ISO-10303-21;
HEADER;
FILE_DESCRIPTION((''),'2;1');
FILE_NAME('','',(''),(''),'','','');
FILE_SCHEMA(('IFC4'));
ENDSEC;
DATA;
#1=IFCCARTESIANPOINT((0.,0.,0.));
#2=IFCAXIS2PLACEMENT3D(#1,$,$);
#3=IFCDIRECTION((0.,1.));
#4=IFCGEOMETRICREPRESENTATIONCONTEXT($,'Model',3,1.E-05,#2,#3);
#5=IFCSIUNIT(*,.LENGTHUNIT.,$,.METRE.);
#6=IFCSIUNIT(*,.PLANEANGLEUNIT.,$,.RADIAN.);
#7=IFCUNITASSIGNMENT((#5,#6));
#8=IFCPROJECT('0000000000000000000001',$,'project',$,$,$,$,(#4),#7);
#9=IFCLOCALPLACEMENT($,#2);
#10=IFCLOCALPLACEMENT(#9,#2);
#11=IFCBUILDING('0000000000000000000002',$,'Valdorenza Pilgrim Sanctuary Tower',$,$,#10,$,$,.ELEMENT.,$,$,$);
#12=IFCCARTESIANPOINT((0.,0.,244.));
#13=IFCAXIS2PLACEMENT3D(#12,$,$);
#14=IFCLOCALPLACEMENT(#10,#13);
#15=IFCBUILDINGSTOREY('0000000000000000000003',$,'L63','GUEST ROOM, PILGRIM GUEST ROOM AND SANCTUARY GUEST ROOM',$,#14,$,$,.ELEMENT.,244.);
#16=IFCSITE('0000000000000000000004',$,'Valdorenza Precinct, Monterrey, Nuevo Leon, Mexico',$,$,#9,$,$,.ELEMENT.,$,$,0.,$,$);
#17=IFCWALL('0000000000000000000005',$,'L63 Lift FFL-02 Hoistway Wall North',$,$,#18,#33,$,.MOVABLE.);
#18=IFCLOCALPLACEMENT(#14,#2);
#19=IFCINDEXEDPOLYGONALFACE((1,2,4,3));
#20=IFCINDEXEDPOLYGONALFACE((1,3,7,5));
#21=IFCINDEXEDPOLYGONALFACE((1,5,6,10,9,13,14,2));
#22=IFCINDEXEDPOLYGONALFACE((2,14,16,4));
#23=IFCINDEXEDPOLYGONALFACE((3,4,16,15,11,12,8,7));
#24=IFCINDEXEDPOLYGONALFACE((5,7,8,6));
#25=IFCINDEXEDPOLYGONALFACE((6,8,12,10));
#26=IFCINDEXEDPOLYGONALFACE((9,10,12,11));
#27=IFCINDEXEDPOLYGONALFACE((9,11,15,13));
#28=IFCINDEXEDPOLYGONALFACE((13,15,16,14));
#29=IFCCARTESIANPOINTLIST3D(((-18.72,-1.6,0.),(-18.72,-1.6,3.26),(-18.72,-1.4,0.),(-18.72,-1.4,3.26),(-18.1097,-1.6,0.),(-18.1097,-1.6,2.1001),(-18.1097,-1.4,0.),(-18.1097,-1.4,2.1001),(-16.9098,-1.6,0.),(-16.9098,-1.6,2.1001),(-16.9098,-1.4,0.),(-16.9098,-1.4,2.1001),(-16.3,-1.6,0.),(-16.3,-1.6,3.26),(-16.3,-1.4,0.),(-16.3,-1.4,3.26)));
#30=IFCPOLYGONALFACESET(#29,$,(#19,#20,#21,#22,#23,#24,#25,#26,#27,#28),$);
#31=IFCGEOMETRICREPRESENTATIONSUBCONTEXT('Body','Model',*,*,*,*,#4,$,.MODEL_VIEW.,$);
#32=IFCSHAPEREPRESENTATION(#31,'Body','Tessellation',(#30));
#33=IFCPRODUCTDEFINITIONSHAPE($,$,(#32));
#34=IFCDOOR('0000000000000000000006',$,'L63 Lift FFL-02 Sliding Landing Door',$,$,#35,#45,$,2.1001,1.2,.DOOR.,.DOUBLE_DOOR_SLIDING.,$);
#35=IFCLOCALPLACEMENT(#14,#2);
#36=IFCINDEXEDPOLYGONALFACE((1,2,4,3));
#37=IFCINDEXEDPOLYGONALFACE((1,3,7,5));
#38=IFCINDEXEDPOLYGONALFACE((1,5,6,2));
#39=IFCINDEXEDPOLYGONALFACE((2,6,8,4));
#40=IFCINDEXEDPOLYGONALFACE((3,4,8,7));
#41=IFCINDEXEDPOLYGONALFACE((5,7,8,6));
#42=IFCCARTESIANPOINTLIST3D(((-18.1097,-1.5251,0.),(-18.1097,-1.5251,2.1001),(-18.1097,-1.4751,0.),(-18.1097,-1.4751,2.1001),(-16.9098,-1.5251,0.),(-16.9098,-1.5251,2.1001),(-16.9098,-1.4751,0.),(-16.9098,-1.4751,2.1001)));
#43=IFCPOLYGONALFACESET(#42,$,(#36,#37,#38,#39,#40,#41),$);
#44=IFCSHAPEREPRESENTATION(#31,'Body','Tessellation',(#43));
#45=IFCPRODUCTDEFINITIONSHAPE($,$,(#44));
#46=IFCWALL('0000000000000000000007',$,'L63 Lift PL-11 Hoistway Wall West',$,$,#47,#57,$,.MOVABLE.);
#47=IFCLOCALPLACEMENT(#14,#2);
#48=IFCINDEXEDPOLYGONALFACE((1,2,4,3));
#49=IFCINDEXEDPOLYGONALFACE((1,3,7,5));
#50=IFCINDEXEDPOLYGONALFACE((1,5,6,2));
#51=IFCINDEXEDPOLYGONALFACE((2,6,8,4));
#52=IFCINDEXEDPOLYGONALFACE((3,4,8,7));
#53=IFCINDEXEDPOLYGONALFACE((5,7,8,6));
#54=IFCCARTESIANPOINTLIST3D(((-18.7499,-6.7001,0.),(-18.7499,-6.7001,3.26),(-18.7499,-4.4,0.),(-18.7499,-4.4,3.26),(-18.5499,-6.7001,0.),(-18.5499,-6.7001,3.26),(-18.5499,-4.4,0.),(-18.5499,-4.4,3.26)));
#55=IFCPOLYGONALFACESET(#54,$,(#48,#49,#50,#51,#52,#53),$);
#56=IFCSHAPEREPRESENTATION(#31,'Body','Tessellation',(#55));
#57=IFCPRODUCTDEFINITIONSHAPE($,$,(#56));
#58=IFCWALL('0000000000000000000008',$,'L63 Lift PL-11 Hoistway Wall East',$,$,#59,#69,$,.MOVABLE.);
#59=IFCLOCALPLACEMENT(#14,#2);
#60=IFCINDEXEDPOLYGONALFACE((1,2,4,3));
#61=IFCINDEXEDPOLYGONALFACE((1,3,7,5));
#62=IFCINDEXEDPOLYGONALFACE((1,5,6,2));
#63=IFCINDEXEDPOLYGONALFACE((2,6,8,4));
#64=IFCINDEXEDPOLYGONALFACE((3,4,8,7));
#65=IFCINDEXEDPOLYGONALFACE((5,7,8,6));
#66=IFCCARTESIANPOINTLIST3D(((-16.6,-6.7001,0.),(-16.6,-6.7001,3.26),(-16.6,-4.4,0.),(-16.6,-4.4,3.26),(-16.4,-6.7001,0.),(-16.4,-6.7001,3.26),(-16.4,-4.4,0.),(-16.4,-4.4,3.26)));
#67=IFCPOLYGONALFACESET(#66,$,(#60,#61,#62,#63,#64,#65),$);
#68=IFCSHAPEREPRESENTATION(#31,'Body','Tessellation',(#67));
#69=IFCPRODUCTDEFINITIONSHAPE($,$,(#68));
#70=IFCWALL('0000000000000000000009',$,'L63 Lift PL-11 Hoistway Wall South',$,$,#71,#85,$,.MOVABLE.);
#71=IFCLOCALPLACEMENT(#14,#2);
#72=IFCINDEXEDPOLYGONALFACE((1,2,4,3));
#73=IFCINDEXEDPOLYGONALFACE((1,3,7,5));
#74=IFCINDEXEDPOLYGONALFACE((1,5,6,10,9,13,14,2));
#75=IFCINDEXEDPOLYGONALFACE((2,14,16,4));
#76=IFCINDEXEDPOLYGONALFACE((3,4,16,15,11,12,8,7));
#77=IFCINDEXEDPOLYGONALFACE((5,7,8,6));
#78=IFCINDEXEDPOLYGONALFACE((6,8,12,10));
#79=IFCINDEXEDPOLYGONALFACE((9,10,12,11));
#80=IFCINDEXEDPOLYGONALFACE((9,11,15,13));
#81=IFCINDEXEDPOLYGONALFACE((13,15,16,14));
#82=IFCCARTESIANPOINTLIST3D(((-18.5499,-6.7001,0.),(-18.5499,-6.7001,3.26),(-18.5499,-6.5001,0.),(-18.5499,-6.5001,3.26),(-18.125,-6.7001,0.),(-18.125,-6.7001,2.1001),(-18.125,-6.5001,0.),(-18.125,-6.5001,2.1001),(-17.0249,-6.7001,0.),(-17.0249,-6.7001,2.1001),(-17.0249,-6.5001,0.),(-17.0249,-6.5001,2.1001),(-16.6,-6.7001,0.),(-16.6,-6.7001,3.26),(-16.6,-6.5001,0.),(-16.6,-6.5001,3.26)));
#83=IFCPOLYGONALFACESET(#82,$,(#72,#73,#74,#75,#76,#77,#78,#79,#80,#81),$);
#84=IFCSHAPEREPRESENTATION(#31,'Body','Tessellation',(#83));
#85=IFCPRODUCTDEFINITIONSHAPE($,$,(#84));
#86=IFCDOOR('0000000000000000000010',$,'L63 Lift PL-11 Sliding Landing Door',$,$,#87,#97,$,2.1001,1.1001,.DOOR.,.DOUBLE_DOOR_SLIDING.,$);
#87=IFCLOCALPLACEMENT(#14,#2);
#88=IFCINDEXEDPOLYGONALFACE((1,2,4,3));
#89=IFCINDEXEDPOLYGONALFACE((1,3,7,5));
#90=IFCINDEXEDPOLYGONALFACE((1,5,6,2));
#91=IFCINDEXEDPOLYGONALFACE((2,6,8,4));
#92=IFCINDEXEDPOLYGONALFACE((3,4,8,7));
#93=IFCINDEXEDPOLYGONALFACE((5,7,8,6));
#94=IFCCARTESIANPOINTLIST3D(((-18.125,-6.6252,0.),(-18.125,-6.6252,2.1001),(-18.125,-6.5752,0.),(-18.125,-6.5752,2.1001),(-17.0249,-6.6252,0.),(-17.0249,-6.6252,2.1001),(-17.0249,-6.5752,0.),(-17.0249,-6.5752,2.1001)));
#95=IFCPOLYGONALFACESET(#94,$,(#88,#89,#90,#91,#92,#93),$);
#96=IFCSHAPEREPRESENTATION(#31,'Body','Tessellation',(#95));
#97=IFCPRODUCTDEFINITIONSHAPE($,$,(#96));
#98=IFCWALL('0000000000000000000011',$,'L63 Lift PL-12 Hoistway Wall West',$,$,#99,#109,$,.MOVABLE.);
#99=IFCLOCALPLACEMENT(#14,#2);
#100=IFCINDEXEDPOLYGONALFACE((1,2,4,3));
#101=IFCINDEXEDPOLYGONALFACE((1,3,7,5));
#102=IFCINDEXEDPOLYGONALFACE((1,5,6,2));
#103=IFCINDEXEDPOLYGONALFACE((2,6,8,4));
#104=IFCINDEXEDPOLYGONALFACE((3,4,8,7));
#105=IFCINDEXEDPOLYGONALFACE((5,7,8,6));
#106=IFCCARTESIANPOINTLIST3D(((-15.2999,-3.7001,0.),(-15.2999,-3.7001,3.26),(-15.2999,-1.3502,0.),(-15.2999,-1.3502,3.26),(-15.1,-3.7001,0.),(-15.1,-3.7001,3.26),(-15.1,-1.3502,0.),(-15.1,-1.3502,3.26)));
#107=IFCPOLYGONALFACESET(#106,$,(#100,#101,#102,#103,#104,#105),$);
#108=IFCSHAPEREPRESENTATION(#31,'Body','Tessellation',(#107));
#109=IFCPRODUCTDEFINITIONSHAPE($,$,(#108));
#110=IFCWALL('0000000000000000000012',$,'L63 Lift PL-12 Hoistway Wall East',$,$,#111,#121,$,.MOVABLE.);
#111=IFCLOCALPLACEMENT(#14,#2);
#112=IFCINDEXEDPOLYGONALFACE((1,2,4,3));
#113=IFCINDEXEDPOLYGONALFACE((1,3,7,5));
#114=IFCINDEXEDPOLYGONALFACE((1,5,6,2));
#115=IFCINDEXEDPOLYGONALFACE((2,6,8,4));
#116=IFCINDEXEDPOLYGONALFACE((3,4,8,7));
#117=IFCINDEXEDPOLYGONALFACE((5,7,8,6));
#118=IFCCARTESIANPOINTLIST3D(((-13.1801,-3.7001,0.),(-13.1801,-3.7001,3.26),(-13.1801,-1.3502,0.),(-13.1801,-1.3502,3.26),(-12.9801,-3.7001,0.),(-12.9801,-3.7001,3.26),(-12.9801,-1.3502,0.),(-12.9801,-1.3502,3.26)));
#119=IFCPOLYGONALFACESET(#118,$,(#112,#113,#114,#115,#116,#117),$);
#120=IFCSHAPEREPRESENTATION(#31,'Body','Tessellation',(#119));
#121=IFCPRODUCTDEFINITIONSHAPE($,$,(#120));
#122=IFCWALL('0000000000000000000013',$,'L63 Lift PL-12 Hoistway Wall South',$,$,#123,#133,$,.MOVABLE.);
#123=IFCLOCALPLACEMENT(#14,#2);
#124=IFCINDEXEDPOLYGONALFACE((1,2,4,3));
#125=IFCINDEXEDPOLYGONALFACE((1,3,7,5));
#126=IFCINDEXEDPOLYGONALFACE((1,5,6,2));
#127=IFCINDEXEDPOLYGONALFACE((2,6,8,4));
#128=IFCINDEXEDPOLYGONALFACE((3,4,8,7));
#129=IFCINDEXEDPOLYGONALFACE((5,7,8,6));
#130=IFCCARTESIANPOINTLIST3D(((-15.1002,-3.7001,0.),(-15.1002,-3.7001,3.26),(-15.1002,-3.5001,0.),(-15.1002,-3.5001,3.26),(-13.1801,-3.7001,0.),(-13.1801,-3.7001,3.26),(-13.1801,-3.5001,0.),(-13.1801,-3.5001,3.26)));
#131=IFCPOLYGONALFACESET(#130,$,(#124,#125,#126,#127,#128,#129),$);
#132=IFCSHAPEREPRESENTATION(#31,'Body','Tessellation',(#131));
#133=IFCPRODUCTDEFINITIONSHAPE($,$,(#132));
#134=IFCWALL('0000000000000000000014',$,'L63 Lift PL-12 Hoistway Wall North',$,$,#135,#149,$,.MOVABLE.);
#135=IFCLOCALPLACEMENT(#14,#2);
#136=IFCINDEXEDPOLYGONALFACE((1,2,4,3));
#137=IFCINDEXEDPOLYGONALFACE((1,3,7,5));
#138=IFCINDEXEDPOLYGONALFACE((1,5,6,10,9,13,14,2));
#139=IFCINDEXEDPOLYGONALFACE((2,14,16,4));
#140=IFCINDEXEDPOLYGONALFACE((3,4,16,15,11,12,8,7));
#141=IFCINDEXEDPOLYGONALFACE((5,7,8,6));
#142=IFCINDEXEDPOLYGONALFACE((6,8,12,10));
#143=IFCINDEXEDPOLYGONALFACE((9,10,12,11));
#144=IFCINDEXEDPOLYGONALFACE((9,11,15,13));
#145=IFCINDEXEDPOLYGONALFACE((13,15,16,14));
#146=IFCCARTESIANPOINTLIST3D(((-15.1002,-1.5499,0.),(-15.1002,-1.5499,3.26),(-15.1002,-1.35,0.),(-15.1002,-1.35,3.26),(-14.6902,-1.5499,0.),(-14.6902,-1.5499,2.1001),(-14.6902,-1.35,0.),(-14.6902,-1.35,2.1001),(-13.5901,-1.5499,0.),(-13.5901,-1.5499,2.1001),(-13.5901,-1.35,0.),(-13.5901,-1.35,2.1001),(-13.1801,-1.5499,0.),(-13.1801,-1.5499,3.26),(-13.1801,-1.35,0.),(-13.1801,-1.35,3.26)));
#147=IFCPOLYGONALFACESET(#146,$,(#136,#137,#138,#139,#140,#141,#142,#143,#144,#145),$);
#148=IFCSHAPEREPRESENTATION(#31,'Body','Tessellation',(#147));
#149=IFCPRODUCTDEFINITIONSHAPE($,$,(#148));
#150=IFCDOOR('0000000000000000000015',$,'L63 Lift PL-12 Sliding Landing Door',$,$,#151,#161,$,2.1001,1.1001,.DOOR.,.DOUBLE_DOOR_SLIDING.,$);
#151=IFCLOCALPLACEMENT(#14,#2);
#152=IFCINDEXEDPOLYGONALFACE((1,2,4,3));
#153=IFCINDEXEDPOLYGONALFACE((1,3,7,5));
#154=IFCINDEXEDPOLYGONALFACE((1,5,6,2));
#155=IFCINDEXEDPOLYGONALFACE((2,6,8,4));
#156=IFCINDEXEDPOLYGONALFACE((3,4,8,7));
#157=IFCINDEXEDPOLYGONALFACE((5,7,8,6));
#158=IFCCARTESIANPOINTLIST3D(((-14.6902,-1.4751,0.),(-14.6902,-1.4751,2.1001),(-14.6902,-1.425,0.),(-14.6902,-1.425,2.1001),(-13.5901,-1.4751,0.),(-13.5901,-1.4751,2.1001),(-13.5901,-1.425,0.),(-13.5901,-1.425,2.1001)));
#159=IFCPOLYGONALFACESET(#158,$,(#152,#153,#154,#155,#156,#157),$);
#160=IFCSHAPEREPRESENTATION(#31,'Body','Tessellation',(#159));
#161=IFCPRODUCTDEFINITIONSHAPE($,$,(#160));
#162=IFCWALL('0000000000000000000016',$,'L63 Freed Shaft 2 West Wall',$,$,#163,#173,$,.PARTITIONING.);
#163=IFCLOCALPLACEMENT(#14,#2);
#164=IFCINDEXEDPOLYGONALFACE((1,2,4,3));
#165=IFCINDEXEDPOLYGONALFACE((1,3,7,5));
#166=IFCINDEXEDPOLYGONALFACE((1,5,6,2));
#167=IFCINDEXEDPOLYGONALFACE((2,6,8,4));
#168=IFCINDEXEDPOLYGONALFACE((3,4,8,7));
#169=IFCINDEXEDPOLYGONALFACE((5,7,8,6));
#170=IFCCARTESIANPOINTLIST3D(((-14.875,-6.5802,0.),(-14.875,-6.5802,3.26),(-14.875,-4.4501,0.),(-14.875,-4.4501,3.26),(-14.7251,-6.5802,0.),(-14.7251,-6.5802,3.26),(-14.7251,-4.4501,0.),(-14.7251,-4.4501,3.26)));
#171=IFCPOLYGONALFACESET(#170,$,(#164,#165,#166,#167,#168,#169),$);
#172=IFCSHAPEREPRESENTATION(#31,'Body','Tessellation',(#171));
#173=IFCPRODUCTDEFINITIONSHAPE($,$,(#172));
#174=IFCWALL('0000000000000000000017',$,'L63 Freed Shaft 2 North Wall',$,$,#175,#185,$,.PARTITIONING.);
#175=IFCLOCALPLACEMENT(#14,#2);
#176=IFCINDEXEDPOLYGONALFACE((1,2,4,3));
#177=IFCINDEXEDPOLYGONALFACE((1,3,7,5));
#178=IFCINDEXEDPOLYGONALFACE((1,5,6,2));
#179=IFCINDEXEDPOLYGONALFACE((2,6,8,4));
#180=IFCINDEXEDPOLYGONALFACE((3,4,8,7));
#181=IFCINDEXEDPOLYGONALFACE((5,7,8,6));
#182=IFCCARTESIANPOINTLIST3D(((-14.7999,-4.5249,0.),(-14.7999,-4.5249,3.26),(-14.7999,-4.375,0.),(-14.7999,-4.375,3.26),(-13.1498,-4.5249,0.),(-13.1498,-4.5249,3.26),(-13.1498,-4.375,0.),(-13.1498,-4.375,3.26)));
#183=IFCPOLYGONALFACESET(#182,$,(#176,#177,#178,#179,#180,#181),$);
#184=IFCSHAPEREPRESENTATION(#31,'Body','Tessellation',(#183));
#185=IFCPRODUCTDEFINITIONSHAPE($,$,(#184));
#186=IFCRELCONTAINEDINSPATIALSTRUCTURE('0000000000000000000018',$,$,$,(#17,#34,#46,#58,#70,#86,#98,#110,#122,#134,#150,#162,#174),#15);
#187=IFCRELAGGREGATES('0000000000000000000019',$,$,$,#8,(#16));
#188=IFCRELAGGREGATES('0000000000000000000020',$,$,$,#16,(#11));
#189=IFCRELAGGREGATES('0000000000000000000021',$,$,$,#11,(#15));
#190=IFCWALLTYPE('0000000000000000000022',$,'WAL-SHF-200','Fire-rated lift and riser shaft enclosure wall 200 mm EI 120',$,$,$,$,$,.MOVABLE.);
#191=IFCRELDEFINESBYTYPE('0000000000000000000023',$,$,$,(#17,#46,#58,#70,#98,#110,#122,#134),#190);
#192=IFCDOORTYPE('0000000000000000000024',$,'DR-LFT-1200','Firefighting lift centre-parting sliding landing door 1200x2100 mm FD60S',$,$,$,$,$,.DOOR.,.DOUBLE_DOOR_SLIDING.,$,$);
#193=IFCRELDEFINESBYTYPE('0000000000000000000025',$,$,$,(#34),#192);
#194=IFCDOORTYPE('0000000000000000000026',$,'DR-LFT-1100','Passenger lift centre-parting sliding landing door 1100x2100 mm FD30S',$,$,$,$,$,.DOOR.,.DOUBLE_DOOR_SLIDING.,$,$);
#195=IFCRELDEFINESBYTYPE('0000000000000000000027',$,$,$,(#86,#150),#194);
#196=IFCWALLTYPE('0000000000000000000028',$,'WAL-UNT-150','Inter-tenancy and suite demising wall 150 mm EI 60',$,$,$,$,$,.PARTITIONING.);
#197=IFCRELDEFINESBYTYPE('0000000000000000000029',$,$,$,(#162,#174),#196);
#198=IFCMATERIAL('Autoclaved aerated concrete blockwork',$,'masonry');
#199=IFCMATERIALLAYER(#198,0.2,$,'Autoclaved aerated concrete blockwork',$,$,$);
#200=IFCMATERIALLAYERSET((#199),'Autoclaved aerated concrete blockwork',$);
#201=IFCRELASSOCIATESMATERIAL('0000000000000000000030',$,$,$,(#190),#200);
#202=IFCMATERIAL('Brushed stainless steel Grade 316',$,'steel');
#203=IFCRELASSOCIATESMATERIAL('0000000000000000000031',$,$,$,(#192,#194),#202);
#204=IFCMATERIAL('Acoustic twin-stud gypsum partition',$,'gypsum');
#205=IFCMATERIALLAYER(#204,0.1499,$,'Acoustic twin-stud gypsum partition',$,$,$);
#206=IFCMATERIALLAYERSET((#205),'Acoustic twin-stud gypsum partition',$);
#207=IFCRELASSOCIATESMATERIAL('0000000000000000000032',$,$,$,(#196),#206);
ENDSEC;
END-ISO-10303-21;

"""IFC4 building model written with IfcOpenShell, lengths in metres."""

from ifc_helpers import new_model, si_unit, direction, frame, frame_2d, origin, place, context, subcontext, project, spatial, rectangle, extrude, material, layer, layer_set, type_object, element, fill, save


model = new_model("IFC4")

# Units and contexts
model_context = context("Model", 3, precision=1e-05, world=origin(), true_north=direction((0.0, 1.0)))
body_context = subcontext(model_context, "Body", "Model", "MODEL_VIEW")
ifc_project = project(units=[si_unit("LENGTHUNIT", "METRE"), si_unit("PLANEANGLEUNIT", "RADIAN")], contexts=[model_context])

# Site, building, storey
site_placement = place(None, origin())
site = spatial("IfcSite", under=ifc_project, at=site_placement, Name="Valdorenza Precinct, Monterrey, Nuevo Leon, Mexico", CompositionType="ELEMENT", RefElevation=0.0)
building_placement = place(site_placement, origin())
building = spatial("IfcBuilding", under=site, at=building_placement, Name="Valdorenza Pilgrim Sanctuary Tower", CompositionType="ELEMENT")
storey_placement = place(building_placement, frame((0.0, 0.0, 244.0)))
storey = spatial("IfcBuildingStorey", under=building, at=storey_placement, Name="L63", Description="GUEST ROOM, PILGRIM GUEST ROOM AND SANCTUARY GUEST ROOM", CompositionType="ELEMENT", Elevation=244.0)

# Shared definitions
ifc_material_1 = material(Name="Acoustic twin-stud gypsum partition", Category="gypsum")

# Shared definitions
ifc_material_2 = material(Name="Autoclaved aerated concrete blockwork", Category="masonry")
ifc_layer_1 = layer(ifc_material_2, 0.2, Name="Autoclaved aerated concrete blockwork")
ifc_layer_set_1 = layer_set([ifc_layer_1], Name="Autoclaved aerated concrete blockwork")
wall_type_1 = type_object("IfcWallType", Name="WAL-SHF-200", Description="Fire-rated lift and riser shaft enclosure wall 200 mm EI 120", PredefinedType="MOVABLE", material=ifc_layer_set_1)

# Wall, opening, door
wall_1_placement = place(storey_placement, frame((-18.72, -1.5, 0.0), z_axis=(0.0, 0.0, 1.0), x_axis=(1.0, 0.0, 0.0)))
wall_1 = element("IfcWall", 1, at=wall_1_placement, inside=storey, type_object=wall_type_1, Name="L63 Lift FFL-02 Hoistway Wall North", PredefinedType="MOVABLE", context=body_context, shape_type="SweptSolid", body=[
    extrude(rectangle(XDim=2.4199, YDim=0.2, at=frame_2d((1.21, 0.0))), origin(), (0.0, 0.0, 1.0), 3.26),
])
opening_1_placement = place(wall_1_placement, frame((0.6101, 0.0, 0.0)))
opening_1 = element("IfcOpeningElement", 2, at=opening_1_placement, cuts=wall_1, PredefinedType="OPENING", context=body_context, shape_type="SweptSolid", body=[
    extrude(rectangle(XDim=1.2, YDim=2.1001, at=frame_2d((0.6001, 1.05))), frame((0.0, 0.1147, 0.0), z_axis=(0.0, -1.0, 0.0), x_axis=(1.0, 0.0, 0.0)), (0.0, 0.0, 1.0), 0.2297),
])
ifc_material_3 = material(Name="Brushed stainless steel Grade 316", Category="steel")
door_type_1 = type_object("IfcDoorType", Name="DR-LFT-1200", Description="Firefighting lift centre-parting sliding landing door 1200x2100 mm FD60S", OperationType="DOUBLE_DOOR_SLIDING", PredefinedType="DOOR", material=ifc_material_3)
door_1_placement = place(opening_1_placement, origin())
door_1 = element("IfcDoor", 3, at=door_1_placement, inside=storey, type_object=door_type_1, Name="L63 Lift FFL-02 Sliding Landing Door", OperationType="DOUBLE_DOOR_SLIDING", OverallHeight=2.1001, OverallWidth=1.2, PredefinedType="DOOR", context=body_context, shape_type="SweptSolid", body=[
    extrude(rectangle(XDim=1.2, YDim=2.1001, at=frame_2d((0.6001, 1.05))), frame((0.0, 0.0249, 0.0), z_axis=(0.0, -1.0, 0.0), x_axis=(1.0, 0.0, 0.0)), (0.0, 0.0, 1.0), 0.05),
])
fill(opening_1, door_1)

# Walls
for number, where, z_axis, x_axis, name in (
    (4, (-18.6499, -6.7, 0.0), (0.0, 0.0, 1.0), (0.0, 1.0, 0.0), "L63 Lift PL-11 Hoistway Wall West"),
    (5, (-16.5, -6.7, 0.0), (0.0, 0.0, 1.0), (0.0, 1.0, 0.0), "L63 Lift PL-11 Hoistway Wall East"),
):
    element("IfcWall", number, at=place(storey_placement, frame(where, z_axis=z_axis, x_axis=x_axis)), inside=storey, type_object=wall_type_1, Name=name, PredefinedType="MOVABLE", context=body_context, shape_type="SweptSolid", body=[
        extrude(rectangle(XDim=2.3, YDim=0.2, at=frame_2d((1.1499, 0.0))), origin(), (0.0, 0.0, 1.0), 3.26),
    ])

# Wall, opening, door
wall_2_placement = place(storey_placement, frame((-18.55, -6.6001, 0.0), z_axis=(0.0, 0.0, 1.0), x_axis=(1.0, 0.0, 0.0)))
wall_2 = element("IfcWall", 6, at=wall_2_placement, inside=storey, type_object=wall_type_1, Name="L63 Lift PL-11 Hoistway Wall South", PredefinedType="MOVABLE", context=body_context, shape_type="SweptSolid", body=[
    extrude(rectangle(XDim=1.95, YDim=0.2, at=frame_2d((0.9751, 0.0))), origin(), (0.0, 0.0, 1.0), 3.26),
])
opening_2_placement = place(wall_2_placement, frame((0.425, 0.0, 0.0)))
opening_2 = element("IfcOpeningElement", 7, at=opening_2_placement, cuts=wall_2, PredefinedType="OPENING", context=body_context, shape_type="SweptSolid", body=[
    extrude(rectangle(XDim=1.1001, YDim=2.1001, at=frame_2d((0.55, 1.05))), frame((0.0, 0.1147, 0.0), z_axis=(0.0, -1.0, 0.0), x_axis=(1.0, 0.0, 0.0)), (0.0, 0.0, 1.0), 0.2297),
])
door_type_2 = type_object("IfcDoorType", Name="DR-LFT-1100", Description="Passenger lift centre-parting sliding landing door 1100x2100 mm FD30S", OperationType="DOUBLE_DOOR_SLIDING", PredefinedType="DOOR", material=ifc_material_3)
door_2_placement = place(opening_2_placement, origin())
door_2 = element("IfcDoor", 8, at=door_2_placement, inside=storey, type_object=door_type_2, Name="L63 Lift PL-11 Sliding Landing Door", OperationType="DOUBLE_DOOR_SLIDING", OverallHeight=2.1001, OverallWidth=1.1001, PredefinedType="DOOR", context=body_context, shape_type="SweptSolid", body=[
    extrude(rectangle(XDim=1.1001, YDim=2.1001, at=frame_2d((0.55, 1.05))), frame((0.0, 0.0249, 0.0), z_axis=(0.0, -1.0, 0.0), x_axis=(1.0, 0.0, 0.0)), (0.0, 0.0, 1.0), 0.05),
])
fill(opening_2, door_2)

# Walls
for number, where, z_axis, x_axis, name in (
    (9, (-15.2, -3.7, 0.0), (0.0, 0.0, 1.0), (0.0, 1.0, 0.0), "L63 Lift PL-12 Hoistway Wall West"),
    (10, (-13.0801, -3.7, 0.0), (0.0, 0.0, 1.0), (0.0, 1.0, 0.0), "L63 Lift PL-12 Hoistway Wall East"),
):
    element("IfcWall", number, at=place(storey_placement, frame(where, z_axis=z_axis, x_axis=x_axis)), inside=storey, type_object=wall_type_1, Name=name, PredefinedType="MOVABLE", context=body_context, shape_type="SweptSolid", body=[
        extrude(rectangle(XDim=2.3499, YDim=0.2, at=frame_2d((1.1748, 0.0))), origin(), (0.0, 0.0, 1.0), 3.26),
    ])
wall_3_placement = place(storey_placement, frame((-15.1001, -3.6001, 0.0), z_axis=(0.0, 0.0, 1.0), x_axis=(1.0, 0.0, 0.0)))
element("IfcWall", 11, at=wall_3_placement, inside=storey, type_object=wall_type_1, Name="L63 Lift PL-12 Hoistway Wall South", PredefinedType="MOVABLE", context=body_context, shape_type="SweptSolid", body=[
    extrude(rectangle(XDim=1.9202, YDim=0.2, at=frame_2d((0.96, 0.0))), origin(), (0.0, 0.0, 1.0), 3.26),
])

# Wall, opening, door
wall_4_placement = place(storey_placement, frame((-15.1001, -1.45, 0.0), z_axis=(0.0, 0.0, 1.0), x_axis=(1.0, 0.0, 0.0)))
wall_4 = element("IfcWall", 12, at=wall_4_placement, inside=storey, type_object=wall_type_1, Name="L63 Lift PL-12 Hoistway Wall North", PredefinedType="MOVABLE", context=body_context, shape_type="SweptSolid", body=[
    extrude(rectangle(XDim=1.9202, YDim=0.2, at=frame_2d((0.96, 0.0))), origin(), (0.0, 0.0, 1.0), 3.26),
])
opening_3_placement = place(wall_4_placement, frame((0.4099, 0.0, 0.0)))
opening_3 = element("IfcOpeningElement", 13, at=opening_3_placement, cuts=wall_4, PredefinedType="OPENING", context=body_context, shape_type="SweptSolid", body=[
    extrude(rectangle(XDim=1.1001, YDim=2.1001, at=frame_2d((0.55, 1.05))), frame((0.0, 0.1147, 0.0), z_axis=(0.0, -1.0, 0.0), x_axis=(1.0, 0.0, 0.0)), (0.0, 0.0, 1.0), 0.2297),
])
door_3_placement = place(opening_3_placement, origin())
door_3 = element("IfcDoor", 14, at=door_3_placement, inside=storey, type_object=door_type_2, Name="L63 Lift PL-12 Sliding Landing Door", OperationType="DOUBLE_DOOR_SLIDING", OverallHeight=2.1001, OverallWidth=1.1001, PredefinedType="DOOR", context=body_context, shape_type="SweptSolid", body=[
    extrude(rectangle(XDim=1.1001, YDim=2.1001, at=frame_2d((0.55, 1.05))), frame((0.0, 0.0249, 0.0), z_axis=(0.0, -1.0, 0.0), x_axis=(1.0, 0.0, 0.0)), (0.0, 0.0, 1.0), 0.05),
])
fill(opening_3, door_3)

# Walls
ifc_layer_2 = layer(ifc_material_1, 0.1499, Name="Acoustic twin-stud gypsum partition")
ifc_layer_set_2 = layer_set([ifc_layer_2], Name="Acoustic twin-stud gypsum partition")
wall_type_2 = type_object("IfcWallType", Name="WAL-UNT-150", Description="Inter-tenancy and suite demising wall 150 mm EI 60", PredefinedType="PARTITIONING", material=ifc_layer_set_2)
wall_5_placement = place(storey_placement, frame((-14.8, -6.5801, 0.0), z_axis=(0.0, 0.0, 1.0), x_axis=(0.0, 1.0, 0.0)))
element("IfcWall", 15, at=wall_5_placement, inside=storey, type_object=wall_type_2, Name="L63 Freed Shaft 2 West Wall", PredefinedType="PARTITIONING", context=body_context, shape_type="SweptSolid", body=[
    extrude(rectangle(XDim=2.1301, YDim=0.1499, at=frame_2d((1.0649, 0.0))), origin(), (0.0, 0.0, 1.0), 3.26),
])
wall_6_placement = place(storey_placement, frame((-14.8, -4.45, 0.0), z_axis=(0.0, 0.0, 1.0), x_axis=(1.0, 0.0, 0.0)))
element("IfcWall", 16, at=wall_6_placement, inside=storey, type_object=wall_type_2, Name="L63 Freed Shaft 2 North Wall", PredefinedType="PARTITIONING", context=body_context, shape_type="SweptSolid", body=[
    extrude(rectangle(XDim=1.6501, YDim=0.1499, at=frame_2d((0.8252, 0.0))), origin(), (0.0, 0.0, 1.0), 3.26),
])

save(model, "model.ifc")
